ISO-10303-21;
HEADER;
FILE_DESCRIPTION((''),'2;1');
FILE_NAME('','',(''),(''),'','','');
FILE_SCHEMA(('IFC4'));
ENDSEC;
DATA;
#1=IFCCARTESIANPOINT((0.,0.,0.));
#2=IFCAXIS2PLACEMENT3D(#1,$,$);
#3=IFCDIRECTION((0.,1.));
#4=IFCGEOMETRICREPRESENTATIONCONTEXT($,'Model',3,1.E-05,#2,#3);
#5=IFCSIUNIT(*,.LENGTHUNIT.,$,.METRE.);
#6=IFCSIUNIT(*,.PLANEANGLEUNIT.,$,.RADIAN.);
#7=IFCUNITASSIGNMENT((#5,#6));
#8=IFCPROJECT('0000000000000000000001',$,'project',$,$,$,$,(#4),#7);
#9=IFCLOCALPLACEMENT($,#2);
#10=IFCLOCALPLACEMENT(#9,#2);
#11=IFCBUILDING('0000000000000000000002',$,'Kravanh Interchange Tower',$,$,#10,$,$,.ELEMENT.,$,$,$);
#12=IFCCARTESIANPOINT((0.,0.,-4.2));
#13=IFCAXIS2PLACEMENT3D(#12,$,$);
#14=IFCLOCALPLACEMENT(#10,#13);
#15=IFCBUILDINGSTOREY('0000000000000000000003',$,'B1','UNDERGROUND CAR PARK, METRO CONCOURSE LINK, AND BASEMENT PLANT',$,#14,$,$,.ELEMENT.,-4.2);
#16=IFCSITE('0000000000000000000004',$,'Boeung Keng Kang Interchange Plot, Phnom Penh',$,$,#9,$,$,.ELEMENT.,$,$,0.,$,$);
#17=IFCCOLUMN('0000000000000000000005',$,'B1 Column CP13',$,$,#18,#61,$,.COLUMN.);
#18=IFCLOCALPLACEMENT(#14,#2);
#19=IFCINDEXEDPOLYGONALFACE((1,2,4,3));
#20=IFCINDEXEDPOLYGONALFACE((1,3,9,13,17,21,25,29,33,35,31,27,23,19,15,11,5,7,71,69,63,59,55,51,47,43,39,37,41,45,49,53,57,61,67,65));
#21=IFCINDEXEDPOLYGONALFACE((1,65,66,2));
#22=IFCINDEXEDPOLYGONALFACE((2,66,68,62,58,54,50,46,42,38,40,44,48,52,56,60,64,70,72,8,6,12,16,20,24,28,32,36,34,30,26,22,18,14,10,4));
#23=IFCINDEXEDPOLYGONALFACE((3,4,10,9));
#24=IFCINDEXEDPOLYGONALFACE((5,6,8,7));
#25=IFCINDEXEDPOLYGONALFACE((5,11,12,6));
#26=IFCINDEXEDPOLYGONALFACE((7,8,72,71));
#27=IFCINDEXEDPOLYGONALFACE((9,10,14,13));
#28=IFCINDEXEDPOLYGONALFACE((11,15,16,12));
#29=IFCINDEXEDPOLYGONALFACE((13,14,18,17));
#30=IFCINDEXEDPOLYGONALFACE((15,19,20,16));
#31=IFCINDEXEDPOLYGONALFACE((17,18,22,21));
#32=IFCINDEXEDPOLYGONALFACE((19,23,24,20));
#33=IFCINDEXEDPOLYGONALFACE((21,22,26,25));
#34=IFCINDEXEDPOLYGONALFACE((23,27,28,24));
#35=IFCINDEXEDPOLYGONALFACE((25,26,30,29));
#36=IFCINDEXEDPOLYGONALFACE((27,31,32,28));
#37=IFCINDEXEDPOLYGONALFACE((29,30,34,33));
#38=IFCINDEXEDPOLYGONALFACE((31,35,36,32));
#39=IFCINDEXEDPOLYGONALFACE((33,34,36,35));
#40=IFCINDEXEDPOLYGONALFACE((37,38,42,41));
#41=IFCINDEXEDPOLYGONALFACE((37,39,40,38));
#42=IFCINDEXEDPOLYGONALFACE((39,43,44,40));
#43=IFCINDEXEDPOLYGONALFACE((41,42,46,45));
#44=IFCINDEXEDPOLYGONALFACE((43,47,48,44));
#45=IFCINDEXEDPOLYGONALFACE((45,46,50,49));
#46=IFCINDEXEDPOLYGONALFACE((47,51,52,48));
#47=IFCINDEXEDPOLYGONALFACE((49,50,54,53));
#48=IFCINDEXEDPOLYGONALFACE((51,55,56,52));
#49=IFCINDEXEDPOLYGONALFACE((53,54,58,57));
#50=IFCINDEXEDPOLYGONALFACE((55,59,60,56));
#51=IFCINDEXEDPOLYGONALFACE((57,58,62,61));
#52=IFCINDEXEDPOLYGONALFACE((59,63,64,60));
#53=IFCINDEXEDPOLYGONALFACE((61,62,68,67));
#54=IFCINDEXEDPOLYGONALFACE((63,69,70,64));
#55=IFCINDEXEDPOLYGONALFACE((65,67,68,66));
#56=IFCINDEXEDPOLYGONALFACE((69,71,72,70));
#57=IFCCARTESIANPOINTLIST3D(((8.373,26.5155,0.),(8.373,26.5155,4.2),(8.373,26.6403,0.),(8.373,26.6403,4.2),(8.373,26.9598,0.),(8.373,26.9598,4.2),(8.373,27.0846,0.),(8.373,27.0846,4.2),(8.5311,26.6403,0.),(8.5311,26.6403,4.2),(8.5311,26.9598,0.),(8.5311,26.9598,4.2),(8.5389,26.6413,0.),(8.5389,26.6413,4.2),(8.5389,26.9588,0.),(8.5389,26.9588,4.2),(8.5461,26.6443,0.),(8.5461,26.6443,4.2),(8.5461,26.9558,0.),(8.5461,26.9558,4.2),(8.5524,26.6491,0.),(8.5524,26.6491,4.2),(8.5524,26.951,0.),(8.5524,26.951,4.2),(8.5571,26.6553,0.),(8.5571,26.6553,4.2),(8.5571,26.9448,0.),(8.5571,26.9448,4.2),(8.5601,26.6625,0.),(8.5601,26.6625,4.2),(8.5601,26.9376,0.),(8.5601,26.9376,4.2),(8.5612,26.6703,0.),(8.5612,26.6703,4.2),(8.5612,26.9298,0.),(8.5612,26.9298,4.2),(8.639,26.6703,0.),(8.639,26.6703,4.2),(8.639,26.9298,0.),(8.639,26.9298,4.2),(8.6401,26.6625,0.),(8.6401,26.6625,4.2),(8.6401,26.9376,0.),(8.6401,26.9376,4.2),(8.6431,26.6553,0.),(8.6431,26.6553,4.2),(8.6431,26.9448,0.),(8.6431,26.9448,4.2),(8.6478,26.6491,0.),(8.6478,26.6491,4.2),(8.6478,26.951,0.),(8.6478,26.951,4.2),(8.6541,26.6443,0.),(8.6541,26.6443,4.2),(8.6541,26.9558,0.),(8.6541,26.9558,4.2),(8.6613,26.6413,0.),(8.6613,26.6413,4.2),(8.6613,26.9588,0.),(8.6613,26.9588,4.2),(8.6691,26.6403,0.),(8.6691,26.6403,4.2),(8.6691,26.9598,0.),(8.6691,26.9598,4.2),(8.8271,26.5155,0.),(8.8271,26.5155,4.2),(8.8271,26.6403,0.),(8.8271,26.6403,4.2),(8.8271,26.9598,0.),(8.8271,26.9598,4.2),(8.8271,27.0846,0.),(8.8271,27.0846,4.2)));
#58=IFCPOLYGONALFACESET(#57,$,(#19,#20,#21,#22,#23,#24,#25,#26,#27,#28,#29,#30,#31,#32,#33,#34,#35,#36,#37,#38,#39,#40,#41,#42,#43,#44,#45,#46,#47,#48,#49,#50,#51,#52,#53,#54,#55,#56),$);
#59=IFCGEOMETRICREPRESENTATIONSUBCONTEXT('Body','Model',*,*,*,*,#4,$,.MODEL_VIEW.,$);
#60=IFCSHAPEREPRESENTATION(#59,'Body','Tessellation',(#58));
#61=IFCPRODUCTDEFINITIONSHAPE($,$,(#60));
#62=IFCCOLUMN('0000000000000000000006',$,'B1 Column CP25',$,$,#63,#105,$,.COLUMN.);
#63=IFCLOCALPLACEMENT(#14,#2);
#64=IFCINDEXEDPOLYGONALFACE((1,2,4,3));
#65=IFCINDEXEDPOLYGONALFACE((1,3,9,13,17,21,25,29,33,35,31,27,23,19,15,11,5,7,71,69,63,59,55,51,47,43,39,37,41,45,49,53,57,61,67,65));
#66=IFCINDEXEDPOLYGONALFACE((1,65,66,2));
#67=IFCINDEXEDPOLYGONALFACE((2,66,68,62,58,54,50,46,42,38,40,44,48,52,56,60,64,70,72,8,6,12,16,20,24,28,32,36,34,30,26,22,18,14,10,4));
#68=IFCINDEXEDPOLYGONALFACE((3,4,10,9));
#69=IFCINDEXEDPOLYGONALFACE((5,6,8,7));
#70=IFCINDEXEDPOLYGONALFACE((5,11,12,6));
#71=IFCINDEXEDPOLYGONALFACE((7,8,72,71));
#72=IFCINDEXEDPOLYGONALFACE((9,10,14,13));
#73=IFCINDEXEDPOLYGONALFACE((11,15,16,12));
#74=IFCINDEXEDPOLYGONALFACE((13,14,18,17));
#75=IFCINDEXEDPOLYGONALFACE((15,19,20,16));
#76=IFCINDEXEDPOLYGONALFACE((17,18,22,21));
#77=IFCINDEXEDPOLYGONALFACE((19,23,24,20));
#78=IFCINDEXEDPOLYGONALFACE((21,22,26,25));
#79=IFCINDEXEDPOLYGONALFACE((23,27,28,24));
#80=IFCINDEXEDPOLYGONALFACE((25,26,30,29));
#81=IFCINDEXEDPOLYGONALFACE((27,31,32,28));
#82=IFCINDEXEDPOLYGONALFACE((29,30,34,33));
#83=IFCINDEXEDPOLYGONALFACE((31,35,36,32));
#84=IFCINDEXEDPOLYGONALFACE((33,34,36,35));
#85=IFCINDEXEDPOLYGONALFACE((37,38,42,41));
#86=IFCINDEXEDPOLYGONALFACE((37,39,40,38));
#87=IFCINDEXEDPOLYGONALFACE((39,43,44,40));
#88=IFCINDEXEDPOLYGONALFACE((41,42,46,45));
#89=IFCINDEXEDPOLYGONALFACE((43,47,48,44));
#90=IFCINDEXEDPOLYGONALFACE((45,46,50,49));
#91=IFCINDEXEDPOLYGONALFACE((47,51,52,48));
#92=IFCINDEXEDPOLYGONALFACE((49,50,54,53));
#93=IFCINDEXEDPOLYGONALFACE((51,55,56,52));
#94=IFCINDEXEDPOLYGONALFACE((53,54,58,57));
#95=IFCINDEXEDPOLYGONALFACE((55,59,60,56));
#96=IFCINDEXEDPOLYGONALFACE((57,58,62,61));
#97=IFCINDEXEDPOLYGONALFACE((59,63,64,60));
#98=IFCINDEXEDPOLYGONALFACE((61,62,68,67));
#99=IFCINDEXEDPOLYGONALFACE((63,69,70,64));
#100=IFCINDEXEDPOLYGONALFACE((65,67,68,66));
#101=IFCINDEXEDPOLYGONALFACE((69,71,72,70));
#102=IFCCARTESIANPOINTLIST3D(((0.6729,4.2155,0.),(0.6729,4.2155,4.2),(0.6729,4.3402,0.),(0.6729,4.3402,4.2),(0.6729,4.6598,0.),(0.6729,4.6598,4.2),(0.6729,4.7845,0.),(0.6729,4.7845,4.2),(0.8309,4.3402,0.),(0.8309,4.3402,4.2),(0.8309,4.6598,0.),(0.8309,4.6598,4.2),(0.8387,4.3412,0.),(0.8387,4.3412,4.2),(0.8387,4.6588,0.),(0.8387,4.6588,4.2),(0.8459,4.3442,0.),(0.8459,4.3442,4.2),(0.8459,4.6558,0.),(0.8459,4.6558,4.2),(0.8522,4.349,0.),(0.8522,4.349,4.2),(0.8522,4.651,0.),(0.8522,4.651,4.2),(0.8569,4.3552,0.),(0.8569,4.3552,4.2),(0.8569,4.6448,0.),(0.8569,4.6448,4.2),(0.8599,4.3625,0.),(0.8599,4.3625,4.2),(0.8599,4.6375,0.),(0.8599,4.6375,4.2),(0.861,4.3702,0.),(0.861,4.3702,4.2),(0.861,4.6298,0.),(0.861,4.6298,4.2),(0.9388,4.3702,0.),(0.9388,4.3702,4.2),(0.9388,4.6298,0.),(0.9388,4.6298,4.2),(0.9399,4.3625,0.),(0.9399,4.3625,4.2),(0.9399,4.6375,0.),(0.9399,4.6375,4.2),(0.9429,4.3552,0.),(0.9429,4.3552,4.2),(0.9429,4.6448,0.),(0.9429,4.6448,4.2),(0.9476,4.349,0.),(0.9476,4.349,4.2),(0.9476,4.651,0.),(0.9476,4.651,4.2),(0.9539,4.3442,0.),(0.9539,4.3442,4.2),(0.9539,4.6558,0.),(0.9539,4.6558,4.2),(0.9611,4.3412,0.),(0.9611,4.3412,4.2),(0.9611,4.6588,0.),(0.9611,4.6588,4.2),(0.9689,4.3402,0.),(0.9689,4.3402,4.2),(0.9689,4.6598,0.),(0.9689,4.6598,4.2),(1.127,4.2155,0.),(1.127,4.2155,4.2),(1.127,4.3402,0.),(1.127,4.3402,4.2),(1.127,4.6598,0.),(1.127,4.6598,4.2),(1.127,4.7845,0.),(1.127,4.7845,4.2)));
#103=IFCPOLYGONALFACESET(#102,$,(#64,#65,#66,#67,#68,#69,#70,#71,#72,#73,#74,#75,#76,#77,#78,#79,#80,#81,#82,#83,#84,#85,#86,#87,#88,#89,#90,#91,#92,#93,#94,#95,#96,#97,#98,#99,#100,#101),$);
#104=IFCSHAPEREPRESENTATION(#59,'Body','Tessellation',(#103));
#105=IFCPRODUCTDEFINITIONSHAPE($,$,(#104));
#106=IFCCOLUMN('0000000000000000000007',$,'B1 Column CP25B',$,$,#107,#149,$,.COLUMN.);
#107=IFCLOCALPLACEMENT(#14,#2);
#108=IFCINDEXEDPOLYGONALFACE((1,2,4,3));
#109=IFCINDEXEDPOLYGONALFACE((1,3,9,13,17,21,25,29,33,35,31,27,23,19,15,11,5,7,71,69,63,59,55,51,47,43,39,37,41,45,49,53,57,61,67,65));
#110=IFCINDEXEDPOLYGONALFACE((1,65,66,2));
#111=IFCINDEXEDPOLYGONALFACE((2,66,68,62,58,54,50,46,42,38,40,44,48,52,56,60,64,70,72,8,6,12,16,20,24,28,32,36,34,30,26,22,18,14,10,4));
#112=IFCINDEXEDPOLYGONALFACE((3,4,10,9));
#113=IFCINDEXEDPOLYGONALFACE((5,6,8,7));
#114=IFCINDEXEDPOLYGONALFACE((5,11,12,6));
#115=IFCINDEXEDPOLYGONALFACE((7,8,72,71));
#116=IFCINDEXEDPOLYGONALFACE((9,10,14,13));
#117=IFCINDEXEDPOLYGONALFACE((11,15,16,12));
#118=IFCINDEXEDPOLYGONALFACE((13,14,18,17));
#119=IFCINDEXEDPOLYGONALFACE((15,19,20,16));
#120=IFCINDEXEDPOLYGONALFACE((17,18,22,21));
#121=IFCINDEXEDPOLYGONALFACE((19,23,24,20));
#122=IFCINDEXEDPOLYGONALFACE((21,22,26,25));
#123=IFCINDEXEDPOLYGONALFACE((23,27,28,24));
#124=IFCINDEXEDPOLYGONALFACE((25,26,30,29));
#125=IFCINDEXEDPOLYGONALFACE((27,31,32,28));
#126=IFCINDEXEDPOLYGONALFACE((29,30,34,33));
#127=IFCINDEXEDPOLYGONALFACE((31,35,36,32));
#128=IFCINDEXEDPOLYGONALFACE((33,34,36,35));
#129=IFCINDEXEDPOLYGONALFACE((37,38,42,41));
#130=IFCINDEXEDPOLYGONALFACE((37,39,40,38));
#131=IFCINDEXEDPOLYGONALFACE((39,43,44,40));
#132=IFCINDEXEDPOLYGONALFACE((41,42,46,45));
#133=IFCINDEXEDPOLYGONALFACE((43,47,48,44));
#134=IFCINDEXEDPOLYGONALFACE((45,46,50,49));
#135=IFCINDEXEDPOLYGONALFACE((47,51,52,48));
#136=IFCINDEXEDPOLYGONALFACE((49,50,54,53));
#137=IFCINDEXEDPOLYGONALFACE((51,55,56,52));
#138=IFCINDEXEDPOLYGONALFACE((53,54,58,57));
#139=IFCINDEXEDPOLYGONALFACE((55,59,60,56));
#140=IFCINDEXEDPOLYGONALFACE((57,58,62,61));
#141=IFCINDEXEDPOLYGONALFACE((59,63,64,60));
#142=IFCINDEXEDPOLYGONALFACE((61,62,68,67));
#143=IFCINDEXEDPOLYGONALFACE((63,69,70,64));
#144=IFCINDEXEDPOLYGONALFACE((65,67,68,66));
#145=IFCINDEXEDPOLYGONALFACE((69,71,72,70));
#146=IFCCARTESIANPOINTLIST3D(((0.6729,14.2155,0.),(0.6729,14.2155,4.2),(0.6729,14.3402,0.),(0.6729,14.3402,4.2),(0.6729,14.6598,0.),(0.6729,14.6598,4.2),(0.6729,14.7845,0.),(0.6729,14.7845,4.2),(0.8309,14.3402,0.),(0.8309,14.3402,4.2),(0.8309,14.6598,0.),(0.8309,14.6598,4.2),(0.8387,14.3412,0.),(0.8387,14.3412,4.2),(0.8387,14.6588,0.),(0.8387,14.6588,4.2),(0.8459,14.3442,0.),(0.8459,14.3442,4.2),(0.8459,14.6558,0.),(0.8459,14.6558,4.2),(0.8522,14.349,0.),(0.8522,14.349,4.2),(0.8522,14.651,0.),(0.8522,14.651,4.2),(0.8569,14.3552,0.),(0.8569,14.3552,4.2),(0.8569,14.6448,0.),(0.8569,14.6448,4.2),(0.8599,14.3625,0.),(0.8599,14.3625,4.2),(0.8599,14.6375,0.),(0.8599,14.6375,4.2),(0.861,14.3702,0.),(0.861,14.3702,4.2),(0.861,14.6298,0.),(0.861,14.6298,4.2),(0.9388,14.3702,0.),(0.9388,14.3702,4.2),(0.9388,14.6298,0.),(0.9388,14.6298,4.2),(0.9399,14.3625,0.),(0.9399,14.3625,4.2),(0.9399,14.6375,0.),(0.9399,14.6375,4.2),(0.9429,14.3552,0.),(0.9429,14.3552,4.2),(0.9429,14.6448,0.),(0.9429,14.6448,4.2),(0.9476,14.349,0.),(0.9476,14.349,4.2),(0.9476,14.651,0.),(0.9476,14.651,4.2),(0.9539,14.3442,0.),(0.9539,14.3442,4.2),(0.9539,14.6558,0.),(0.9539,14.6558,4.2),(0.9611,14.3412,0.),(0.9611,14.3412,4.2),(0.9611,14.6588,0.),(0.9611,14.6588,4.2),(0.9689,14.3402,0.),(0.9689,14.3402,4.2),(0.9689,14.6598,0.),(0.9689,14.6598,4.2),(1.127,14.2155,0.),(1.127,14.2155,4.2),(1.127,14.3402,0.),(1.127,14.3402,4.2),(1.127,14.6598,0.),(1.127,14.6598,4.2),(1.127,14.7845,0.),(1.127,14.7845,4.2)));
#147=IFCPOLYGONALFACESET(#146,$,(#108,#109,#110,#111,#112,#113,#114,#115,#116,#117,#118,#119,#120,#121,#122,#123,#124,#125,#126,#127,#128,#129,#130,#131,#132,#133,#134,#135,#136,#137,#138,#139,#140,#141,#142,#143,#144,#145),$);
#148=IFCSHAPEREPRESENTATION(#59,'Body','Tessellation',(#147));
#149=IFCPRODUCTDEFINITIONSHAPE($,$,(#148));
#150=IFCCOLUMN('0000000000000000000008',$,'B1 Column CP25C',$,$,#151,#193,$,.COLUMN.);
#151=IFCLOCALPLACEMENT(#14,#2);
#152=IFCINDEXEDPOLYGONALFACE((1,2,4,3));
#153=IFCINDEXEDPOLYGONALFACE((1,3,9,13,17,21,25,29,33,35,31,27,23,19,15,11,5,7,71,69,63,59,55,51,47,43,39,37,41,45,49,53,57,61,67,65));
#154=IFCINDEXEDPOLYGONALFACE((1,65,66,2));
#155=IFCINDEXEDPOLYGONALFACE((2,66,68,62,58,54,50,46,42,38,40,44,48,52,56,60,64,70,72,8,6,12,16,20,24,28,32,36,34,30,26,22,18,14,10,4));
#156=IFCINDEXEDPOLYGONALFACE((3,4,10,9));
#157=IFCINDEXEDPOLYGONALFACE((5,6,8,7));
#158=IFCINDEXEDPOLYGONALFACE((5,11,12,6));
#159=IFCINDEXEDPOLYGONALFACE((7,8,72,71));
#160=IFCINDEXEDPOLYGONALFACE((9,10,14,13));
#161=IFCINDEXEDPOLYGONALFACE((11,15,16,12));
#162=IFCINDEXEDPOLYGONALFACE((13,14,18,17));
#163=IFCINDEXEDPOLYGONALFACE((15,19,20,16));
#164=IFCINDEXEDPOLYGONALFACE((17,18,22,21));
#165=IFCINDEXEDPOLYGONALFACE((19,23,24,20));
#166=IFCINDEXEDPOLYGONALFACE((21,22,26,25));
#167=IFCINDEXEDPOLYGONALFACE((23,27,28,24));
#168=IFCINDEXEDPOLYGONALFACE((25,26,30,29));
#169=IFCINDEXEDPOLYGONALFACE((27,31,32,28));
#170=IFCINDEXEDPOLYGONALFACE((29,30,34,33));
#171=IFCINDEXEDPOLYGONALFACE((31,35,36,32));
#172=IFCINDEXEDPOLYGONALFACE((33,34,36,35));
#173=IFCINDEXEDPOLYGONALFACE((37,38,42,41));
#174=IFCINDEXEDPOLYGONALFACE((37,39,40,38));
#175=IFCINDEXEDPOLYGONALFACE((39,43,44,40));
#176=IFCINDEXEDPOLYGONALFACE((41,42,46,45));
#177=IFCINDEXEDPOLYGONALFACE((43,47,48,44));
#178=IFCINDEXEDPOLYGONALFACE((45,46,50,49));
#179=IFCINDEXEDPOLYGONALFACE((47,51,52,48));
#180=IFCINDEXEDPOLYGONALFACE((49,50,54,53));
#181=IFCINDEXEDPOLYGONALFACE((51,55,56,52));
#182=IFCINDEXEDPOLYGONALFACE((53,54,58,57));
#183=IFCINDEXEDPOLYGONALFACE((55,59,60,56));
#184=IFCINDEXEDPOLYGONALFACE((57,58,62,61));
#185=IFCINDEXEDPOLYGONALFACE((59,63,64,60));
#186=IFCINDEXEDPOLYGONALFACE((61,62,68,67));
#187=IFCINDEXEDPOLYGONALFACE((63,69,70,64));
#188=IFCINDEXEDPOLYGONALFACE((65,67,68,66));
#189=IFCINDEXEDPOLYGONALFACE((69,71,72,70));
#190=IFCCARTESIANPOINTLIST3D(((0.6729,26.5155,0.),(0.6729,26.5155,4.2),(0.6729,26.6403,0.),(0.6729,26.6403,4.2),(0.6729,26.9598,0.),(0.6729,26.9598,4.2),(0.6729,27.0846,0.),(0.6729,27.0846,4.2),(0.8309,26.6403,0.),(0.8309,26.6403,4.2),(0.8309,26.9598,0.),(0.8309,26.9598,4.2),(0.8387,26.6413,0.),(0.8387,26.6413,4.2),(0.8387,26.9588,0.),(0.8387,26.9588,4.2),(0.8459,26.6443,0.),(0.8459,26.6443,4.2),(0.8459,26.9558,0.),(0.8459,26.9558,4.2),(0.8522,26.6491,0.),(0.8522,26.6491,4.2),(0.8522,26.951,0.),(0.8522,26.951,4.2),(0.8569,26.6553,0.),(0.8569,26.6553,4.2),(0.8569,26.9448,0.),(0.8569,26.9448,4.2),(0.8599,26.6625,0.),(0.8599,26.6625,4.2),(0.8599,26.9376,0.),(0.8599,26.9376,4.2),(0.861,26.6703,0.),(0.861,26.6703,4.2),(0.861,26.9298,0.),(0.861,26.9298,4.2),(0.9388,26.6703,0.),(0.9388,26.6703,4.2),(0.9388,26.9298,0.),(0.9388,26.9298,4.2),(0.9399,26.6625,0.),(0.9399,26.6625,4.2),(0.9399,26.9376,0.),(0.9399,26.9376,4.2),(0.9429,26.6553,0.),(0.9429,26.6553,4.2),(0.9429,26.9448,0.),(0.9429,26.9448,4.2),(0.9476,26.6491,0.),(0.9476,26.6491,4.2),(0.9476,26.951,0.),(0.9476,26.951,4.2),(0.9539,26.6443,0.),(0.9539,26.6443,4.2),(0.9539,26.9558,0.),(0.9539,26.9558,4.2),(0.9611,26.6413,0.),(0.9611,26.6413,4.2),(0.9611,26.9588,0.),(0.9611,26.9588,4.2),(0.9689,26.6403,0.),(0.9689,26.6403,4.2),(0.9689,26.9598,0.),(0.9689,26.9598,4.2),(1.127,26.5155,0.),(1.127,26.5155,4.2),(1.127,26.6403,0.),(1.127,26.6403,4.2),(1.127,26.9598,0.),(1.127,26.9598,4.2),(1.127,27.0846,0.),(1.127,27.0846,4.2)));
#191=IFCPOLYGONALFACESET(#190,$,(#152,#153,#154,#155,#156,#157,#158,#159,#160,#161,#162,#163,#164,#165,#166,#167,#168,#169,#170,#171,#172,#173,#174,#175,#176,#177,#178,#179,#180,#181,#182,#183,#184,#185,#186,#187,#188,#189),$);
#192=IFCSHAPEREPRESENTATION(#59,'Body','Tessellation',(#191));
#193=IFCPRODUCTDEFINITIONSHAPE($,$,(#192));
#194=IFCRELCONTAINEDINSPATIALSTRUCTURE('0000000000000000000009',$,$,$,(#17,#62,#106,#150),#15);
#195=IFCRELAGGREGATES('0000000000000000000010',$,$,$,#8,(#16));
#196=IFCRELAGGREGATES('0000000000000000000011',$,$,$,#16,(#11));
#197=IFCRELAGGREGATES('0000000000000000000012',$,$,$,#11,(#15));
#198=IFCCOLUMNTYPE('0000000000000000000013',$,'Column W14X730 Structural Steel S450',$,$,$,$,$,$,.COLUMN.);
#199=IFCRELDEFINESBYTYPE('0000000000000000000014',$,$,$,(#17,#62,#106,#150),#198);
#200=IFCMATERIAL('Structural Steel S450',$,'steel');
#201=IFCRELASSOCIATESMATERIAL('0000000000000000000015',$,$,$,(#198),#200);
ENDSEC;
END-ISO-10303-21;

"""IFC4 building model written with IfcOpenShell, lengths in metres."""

from ifc_helpers import new_model, si_unit, direction, frame, origin, origin_2d, place, context, subcontext, project, spatial, i_section, extrude, material, material_profile, profile_set, type_object, element, save


model = new_model("IFC4")

# Units and contexts
model_context = context("Model", 3, precision=1e-05, world=origin(), true_north=direction((0.0, 1.0)))
body_context = subcontext(model_context, "Body", "Model", "MODEL_VIEW")
ifc_project = project(units=[si_unit("LENGTHUNIT", "METRE"), si_unit("PLANEANGLEUNIT", "RADIAN")], contexts=[model_context])

# Site, building, storey
site_placement = place(None, origin())
site = spatial("IfcSite", under=ifc_project, at=site_placement, Name="Boeung Keng Kang Interchange Plot, Phnom Penh", CompositionType="ELEMENT", RefElevation=0.0)
building_placement = place(site_placement, origin())
building = spatial("IfcBuilding", under=site, at=building_placement, Name="Kravanh Interchange Tower", CompositionType="ELEMENT")
storey_placement = place(building_placement, frame((0.0, 0.0, -4.2)))
storey = spatial("IfcBuildingStorey", under=building, at=storey_placement, Name="B1", Description="UNDERGROUND CAR PARK, METRO CONCOURSE LINK, AND BASEMENT PLANT", CompositionType="ELEMENT", Elevation=-4.2)

# Columns
ifc_material_1 = material(Name="Structural Steel S450", Category="steel")
ifc_material_profile_1 = material_profile(ifc_material_1, i_section(OverallWidth=0.4541, OverallDepth=0.5691, WebThickness=0.0779, FlangeThickness=0.1248, FilletRadius=0.03, at=origin_2d()), Name="W14X730")
ifc_profile_set_1 = profile_set([ifc_material_profile_1], Name="Structural Steel S450")
column_type = type_object("IfcColumnType", Name="Column W14X730 Structural Steel S450", PredefinedType="COLUMN", material=ifc_profile_set_1)
for number, where, z_axis, x_axis, name in (
    (1, (8.6001, 26.8, 0.0), (0.0, 0.0, 1.0), (1.0, 0.0, 0.0), "B1 Column CP13"),
    (2, (0.8999, 4.5, 0.0), (0.0, 0.0, 1.0), (1.0, 0.0, 0.0), "B1 Column CP25"),
    (3, (0.8999, 14.5, 0.0), (0.0, 0.0, 1.0), (1.0, 0.0, 0.0), "B1 Column CP25B"),
    (4, (0.8999, 26.8, 0.0), (0.0, 0.0, 1.0), (1.0, 0.0, 0.0), "B1 Column CP25C"),
):
    element("IfcColumn", number, at=place(storey_placement, frame(where, z_axis=z_axis, x_axis=x_axis)), inside=storey, type_object=column_type, Name=name, PredefinedType="COLUMN", context=body_context, shape_type="SweptSolid", body=[
        extrude(i_section(OverallWidth=0.4541, OverallDepth=0.5691, WebThickness=0.0779, FlangeThickness=0.1248, FilletRadius=0.03, at=origin_2d()), origin(), (0.0, 0.0, 1.0), 4.2),
    ])

save(model, "model.ifc")
